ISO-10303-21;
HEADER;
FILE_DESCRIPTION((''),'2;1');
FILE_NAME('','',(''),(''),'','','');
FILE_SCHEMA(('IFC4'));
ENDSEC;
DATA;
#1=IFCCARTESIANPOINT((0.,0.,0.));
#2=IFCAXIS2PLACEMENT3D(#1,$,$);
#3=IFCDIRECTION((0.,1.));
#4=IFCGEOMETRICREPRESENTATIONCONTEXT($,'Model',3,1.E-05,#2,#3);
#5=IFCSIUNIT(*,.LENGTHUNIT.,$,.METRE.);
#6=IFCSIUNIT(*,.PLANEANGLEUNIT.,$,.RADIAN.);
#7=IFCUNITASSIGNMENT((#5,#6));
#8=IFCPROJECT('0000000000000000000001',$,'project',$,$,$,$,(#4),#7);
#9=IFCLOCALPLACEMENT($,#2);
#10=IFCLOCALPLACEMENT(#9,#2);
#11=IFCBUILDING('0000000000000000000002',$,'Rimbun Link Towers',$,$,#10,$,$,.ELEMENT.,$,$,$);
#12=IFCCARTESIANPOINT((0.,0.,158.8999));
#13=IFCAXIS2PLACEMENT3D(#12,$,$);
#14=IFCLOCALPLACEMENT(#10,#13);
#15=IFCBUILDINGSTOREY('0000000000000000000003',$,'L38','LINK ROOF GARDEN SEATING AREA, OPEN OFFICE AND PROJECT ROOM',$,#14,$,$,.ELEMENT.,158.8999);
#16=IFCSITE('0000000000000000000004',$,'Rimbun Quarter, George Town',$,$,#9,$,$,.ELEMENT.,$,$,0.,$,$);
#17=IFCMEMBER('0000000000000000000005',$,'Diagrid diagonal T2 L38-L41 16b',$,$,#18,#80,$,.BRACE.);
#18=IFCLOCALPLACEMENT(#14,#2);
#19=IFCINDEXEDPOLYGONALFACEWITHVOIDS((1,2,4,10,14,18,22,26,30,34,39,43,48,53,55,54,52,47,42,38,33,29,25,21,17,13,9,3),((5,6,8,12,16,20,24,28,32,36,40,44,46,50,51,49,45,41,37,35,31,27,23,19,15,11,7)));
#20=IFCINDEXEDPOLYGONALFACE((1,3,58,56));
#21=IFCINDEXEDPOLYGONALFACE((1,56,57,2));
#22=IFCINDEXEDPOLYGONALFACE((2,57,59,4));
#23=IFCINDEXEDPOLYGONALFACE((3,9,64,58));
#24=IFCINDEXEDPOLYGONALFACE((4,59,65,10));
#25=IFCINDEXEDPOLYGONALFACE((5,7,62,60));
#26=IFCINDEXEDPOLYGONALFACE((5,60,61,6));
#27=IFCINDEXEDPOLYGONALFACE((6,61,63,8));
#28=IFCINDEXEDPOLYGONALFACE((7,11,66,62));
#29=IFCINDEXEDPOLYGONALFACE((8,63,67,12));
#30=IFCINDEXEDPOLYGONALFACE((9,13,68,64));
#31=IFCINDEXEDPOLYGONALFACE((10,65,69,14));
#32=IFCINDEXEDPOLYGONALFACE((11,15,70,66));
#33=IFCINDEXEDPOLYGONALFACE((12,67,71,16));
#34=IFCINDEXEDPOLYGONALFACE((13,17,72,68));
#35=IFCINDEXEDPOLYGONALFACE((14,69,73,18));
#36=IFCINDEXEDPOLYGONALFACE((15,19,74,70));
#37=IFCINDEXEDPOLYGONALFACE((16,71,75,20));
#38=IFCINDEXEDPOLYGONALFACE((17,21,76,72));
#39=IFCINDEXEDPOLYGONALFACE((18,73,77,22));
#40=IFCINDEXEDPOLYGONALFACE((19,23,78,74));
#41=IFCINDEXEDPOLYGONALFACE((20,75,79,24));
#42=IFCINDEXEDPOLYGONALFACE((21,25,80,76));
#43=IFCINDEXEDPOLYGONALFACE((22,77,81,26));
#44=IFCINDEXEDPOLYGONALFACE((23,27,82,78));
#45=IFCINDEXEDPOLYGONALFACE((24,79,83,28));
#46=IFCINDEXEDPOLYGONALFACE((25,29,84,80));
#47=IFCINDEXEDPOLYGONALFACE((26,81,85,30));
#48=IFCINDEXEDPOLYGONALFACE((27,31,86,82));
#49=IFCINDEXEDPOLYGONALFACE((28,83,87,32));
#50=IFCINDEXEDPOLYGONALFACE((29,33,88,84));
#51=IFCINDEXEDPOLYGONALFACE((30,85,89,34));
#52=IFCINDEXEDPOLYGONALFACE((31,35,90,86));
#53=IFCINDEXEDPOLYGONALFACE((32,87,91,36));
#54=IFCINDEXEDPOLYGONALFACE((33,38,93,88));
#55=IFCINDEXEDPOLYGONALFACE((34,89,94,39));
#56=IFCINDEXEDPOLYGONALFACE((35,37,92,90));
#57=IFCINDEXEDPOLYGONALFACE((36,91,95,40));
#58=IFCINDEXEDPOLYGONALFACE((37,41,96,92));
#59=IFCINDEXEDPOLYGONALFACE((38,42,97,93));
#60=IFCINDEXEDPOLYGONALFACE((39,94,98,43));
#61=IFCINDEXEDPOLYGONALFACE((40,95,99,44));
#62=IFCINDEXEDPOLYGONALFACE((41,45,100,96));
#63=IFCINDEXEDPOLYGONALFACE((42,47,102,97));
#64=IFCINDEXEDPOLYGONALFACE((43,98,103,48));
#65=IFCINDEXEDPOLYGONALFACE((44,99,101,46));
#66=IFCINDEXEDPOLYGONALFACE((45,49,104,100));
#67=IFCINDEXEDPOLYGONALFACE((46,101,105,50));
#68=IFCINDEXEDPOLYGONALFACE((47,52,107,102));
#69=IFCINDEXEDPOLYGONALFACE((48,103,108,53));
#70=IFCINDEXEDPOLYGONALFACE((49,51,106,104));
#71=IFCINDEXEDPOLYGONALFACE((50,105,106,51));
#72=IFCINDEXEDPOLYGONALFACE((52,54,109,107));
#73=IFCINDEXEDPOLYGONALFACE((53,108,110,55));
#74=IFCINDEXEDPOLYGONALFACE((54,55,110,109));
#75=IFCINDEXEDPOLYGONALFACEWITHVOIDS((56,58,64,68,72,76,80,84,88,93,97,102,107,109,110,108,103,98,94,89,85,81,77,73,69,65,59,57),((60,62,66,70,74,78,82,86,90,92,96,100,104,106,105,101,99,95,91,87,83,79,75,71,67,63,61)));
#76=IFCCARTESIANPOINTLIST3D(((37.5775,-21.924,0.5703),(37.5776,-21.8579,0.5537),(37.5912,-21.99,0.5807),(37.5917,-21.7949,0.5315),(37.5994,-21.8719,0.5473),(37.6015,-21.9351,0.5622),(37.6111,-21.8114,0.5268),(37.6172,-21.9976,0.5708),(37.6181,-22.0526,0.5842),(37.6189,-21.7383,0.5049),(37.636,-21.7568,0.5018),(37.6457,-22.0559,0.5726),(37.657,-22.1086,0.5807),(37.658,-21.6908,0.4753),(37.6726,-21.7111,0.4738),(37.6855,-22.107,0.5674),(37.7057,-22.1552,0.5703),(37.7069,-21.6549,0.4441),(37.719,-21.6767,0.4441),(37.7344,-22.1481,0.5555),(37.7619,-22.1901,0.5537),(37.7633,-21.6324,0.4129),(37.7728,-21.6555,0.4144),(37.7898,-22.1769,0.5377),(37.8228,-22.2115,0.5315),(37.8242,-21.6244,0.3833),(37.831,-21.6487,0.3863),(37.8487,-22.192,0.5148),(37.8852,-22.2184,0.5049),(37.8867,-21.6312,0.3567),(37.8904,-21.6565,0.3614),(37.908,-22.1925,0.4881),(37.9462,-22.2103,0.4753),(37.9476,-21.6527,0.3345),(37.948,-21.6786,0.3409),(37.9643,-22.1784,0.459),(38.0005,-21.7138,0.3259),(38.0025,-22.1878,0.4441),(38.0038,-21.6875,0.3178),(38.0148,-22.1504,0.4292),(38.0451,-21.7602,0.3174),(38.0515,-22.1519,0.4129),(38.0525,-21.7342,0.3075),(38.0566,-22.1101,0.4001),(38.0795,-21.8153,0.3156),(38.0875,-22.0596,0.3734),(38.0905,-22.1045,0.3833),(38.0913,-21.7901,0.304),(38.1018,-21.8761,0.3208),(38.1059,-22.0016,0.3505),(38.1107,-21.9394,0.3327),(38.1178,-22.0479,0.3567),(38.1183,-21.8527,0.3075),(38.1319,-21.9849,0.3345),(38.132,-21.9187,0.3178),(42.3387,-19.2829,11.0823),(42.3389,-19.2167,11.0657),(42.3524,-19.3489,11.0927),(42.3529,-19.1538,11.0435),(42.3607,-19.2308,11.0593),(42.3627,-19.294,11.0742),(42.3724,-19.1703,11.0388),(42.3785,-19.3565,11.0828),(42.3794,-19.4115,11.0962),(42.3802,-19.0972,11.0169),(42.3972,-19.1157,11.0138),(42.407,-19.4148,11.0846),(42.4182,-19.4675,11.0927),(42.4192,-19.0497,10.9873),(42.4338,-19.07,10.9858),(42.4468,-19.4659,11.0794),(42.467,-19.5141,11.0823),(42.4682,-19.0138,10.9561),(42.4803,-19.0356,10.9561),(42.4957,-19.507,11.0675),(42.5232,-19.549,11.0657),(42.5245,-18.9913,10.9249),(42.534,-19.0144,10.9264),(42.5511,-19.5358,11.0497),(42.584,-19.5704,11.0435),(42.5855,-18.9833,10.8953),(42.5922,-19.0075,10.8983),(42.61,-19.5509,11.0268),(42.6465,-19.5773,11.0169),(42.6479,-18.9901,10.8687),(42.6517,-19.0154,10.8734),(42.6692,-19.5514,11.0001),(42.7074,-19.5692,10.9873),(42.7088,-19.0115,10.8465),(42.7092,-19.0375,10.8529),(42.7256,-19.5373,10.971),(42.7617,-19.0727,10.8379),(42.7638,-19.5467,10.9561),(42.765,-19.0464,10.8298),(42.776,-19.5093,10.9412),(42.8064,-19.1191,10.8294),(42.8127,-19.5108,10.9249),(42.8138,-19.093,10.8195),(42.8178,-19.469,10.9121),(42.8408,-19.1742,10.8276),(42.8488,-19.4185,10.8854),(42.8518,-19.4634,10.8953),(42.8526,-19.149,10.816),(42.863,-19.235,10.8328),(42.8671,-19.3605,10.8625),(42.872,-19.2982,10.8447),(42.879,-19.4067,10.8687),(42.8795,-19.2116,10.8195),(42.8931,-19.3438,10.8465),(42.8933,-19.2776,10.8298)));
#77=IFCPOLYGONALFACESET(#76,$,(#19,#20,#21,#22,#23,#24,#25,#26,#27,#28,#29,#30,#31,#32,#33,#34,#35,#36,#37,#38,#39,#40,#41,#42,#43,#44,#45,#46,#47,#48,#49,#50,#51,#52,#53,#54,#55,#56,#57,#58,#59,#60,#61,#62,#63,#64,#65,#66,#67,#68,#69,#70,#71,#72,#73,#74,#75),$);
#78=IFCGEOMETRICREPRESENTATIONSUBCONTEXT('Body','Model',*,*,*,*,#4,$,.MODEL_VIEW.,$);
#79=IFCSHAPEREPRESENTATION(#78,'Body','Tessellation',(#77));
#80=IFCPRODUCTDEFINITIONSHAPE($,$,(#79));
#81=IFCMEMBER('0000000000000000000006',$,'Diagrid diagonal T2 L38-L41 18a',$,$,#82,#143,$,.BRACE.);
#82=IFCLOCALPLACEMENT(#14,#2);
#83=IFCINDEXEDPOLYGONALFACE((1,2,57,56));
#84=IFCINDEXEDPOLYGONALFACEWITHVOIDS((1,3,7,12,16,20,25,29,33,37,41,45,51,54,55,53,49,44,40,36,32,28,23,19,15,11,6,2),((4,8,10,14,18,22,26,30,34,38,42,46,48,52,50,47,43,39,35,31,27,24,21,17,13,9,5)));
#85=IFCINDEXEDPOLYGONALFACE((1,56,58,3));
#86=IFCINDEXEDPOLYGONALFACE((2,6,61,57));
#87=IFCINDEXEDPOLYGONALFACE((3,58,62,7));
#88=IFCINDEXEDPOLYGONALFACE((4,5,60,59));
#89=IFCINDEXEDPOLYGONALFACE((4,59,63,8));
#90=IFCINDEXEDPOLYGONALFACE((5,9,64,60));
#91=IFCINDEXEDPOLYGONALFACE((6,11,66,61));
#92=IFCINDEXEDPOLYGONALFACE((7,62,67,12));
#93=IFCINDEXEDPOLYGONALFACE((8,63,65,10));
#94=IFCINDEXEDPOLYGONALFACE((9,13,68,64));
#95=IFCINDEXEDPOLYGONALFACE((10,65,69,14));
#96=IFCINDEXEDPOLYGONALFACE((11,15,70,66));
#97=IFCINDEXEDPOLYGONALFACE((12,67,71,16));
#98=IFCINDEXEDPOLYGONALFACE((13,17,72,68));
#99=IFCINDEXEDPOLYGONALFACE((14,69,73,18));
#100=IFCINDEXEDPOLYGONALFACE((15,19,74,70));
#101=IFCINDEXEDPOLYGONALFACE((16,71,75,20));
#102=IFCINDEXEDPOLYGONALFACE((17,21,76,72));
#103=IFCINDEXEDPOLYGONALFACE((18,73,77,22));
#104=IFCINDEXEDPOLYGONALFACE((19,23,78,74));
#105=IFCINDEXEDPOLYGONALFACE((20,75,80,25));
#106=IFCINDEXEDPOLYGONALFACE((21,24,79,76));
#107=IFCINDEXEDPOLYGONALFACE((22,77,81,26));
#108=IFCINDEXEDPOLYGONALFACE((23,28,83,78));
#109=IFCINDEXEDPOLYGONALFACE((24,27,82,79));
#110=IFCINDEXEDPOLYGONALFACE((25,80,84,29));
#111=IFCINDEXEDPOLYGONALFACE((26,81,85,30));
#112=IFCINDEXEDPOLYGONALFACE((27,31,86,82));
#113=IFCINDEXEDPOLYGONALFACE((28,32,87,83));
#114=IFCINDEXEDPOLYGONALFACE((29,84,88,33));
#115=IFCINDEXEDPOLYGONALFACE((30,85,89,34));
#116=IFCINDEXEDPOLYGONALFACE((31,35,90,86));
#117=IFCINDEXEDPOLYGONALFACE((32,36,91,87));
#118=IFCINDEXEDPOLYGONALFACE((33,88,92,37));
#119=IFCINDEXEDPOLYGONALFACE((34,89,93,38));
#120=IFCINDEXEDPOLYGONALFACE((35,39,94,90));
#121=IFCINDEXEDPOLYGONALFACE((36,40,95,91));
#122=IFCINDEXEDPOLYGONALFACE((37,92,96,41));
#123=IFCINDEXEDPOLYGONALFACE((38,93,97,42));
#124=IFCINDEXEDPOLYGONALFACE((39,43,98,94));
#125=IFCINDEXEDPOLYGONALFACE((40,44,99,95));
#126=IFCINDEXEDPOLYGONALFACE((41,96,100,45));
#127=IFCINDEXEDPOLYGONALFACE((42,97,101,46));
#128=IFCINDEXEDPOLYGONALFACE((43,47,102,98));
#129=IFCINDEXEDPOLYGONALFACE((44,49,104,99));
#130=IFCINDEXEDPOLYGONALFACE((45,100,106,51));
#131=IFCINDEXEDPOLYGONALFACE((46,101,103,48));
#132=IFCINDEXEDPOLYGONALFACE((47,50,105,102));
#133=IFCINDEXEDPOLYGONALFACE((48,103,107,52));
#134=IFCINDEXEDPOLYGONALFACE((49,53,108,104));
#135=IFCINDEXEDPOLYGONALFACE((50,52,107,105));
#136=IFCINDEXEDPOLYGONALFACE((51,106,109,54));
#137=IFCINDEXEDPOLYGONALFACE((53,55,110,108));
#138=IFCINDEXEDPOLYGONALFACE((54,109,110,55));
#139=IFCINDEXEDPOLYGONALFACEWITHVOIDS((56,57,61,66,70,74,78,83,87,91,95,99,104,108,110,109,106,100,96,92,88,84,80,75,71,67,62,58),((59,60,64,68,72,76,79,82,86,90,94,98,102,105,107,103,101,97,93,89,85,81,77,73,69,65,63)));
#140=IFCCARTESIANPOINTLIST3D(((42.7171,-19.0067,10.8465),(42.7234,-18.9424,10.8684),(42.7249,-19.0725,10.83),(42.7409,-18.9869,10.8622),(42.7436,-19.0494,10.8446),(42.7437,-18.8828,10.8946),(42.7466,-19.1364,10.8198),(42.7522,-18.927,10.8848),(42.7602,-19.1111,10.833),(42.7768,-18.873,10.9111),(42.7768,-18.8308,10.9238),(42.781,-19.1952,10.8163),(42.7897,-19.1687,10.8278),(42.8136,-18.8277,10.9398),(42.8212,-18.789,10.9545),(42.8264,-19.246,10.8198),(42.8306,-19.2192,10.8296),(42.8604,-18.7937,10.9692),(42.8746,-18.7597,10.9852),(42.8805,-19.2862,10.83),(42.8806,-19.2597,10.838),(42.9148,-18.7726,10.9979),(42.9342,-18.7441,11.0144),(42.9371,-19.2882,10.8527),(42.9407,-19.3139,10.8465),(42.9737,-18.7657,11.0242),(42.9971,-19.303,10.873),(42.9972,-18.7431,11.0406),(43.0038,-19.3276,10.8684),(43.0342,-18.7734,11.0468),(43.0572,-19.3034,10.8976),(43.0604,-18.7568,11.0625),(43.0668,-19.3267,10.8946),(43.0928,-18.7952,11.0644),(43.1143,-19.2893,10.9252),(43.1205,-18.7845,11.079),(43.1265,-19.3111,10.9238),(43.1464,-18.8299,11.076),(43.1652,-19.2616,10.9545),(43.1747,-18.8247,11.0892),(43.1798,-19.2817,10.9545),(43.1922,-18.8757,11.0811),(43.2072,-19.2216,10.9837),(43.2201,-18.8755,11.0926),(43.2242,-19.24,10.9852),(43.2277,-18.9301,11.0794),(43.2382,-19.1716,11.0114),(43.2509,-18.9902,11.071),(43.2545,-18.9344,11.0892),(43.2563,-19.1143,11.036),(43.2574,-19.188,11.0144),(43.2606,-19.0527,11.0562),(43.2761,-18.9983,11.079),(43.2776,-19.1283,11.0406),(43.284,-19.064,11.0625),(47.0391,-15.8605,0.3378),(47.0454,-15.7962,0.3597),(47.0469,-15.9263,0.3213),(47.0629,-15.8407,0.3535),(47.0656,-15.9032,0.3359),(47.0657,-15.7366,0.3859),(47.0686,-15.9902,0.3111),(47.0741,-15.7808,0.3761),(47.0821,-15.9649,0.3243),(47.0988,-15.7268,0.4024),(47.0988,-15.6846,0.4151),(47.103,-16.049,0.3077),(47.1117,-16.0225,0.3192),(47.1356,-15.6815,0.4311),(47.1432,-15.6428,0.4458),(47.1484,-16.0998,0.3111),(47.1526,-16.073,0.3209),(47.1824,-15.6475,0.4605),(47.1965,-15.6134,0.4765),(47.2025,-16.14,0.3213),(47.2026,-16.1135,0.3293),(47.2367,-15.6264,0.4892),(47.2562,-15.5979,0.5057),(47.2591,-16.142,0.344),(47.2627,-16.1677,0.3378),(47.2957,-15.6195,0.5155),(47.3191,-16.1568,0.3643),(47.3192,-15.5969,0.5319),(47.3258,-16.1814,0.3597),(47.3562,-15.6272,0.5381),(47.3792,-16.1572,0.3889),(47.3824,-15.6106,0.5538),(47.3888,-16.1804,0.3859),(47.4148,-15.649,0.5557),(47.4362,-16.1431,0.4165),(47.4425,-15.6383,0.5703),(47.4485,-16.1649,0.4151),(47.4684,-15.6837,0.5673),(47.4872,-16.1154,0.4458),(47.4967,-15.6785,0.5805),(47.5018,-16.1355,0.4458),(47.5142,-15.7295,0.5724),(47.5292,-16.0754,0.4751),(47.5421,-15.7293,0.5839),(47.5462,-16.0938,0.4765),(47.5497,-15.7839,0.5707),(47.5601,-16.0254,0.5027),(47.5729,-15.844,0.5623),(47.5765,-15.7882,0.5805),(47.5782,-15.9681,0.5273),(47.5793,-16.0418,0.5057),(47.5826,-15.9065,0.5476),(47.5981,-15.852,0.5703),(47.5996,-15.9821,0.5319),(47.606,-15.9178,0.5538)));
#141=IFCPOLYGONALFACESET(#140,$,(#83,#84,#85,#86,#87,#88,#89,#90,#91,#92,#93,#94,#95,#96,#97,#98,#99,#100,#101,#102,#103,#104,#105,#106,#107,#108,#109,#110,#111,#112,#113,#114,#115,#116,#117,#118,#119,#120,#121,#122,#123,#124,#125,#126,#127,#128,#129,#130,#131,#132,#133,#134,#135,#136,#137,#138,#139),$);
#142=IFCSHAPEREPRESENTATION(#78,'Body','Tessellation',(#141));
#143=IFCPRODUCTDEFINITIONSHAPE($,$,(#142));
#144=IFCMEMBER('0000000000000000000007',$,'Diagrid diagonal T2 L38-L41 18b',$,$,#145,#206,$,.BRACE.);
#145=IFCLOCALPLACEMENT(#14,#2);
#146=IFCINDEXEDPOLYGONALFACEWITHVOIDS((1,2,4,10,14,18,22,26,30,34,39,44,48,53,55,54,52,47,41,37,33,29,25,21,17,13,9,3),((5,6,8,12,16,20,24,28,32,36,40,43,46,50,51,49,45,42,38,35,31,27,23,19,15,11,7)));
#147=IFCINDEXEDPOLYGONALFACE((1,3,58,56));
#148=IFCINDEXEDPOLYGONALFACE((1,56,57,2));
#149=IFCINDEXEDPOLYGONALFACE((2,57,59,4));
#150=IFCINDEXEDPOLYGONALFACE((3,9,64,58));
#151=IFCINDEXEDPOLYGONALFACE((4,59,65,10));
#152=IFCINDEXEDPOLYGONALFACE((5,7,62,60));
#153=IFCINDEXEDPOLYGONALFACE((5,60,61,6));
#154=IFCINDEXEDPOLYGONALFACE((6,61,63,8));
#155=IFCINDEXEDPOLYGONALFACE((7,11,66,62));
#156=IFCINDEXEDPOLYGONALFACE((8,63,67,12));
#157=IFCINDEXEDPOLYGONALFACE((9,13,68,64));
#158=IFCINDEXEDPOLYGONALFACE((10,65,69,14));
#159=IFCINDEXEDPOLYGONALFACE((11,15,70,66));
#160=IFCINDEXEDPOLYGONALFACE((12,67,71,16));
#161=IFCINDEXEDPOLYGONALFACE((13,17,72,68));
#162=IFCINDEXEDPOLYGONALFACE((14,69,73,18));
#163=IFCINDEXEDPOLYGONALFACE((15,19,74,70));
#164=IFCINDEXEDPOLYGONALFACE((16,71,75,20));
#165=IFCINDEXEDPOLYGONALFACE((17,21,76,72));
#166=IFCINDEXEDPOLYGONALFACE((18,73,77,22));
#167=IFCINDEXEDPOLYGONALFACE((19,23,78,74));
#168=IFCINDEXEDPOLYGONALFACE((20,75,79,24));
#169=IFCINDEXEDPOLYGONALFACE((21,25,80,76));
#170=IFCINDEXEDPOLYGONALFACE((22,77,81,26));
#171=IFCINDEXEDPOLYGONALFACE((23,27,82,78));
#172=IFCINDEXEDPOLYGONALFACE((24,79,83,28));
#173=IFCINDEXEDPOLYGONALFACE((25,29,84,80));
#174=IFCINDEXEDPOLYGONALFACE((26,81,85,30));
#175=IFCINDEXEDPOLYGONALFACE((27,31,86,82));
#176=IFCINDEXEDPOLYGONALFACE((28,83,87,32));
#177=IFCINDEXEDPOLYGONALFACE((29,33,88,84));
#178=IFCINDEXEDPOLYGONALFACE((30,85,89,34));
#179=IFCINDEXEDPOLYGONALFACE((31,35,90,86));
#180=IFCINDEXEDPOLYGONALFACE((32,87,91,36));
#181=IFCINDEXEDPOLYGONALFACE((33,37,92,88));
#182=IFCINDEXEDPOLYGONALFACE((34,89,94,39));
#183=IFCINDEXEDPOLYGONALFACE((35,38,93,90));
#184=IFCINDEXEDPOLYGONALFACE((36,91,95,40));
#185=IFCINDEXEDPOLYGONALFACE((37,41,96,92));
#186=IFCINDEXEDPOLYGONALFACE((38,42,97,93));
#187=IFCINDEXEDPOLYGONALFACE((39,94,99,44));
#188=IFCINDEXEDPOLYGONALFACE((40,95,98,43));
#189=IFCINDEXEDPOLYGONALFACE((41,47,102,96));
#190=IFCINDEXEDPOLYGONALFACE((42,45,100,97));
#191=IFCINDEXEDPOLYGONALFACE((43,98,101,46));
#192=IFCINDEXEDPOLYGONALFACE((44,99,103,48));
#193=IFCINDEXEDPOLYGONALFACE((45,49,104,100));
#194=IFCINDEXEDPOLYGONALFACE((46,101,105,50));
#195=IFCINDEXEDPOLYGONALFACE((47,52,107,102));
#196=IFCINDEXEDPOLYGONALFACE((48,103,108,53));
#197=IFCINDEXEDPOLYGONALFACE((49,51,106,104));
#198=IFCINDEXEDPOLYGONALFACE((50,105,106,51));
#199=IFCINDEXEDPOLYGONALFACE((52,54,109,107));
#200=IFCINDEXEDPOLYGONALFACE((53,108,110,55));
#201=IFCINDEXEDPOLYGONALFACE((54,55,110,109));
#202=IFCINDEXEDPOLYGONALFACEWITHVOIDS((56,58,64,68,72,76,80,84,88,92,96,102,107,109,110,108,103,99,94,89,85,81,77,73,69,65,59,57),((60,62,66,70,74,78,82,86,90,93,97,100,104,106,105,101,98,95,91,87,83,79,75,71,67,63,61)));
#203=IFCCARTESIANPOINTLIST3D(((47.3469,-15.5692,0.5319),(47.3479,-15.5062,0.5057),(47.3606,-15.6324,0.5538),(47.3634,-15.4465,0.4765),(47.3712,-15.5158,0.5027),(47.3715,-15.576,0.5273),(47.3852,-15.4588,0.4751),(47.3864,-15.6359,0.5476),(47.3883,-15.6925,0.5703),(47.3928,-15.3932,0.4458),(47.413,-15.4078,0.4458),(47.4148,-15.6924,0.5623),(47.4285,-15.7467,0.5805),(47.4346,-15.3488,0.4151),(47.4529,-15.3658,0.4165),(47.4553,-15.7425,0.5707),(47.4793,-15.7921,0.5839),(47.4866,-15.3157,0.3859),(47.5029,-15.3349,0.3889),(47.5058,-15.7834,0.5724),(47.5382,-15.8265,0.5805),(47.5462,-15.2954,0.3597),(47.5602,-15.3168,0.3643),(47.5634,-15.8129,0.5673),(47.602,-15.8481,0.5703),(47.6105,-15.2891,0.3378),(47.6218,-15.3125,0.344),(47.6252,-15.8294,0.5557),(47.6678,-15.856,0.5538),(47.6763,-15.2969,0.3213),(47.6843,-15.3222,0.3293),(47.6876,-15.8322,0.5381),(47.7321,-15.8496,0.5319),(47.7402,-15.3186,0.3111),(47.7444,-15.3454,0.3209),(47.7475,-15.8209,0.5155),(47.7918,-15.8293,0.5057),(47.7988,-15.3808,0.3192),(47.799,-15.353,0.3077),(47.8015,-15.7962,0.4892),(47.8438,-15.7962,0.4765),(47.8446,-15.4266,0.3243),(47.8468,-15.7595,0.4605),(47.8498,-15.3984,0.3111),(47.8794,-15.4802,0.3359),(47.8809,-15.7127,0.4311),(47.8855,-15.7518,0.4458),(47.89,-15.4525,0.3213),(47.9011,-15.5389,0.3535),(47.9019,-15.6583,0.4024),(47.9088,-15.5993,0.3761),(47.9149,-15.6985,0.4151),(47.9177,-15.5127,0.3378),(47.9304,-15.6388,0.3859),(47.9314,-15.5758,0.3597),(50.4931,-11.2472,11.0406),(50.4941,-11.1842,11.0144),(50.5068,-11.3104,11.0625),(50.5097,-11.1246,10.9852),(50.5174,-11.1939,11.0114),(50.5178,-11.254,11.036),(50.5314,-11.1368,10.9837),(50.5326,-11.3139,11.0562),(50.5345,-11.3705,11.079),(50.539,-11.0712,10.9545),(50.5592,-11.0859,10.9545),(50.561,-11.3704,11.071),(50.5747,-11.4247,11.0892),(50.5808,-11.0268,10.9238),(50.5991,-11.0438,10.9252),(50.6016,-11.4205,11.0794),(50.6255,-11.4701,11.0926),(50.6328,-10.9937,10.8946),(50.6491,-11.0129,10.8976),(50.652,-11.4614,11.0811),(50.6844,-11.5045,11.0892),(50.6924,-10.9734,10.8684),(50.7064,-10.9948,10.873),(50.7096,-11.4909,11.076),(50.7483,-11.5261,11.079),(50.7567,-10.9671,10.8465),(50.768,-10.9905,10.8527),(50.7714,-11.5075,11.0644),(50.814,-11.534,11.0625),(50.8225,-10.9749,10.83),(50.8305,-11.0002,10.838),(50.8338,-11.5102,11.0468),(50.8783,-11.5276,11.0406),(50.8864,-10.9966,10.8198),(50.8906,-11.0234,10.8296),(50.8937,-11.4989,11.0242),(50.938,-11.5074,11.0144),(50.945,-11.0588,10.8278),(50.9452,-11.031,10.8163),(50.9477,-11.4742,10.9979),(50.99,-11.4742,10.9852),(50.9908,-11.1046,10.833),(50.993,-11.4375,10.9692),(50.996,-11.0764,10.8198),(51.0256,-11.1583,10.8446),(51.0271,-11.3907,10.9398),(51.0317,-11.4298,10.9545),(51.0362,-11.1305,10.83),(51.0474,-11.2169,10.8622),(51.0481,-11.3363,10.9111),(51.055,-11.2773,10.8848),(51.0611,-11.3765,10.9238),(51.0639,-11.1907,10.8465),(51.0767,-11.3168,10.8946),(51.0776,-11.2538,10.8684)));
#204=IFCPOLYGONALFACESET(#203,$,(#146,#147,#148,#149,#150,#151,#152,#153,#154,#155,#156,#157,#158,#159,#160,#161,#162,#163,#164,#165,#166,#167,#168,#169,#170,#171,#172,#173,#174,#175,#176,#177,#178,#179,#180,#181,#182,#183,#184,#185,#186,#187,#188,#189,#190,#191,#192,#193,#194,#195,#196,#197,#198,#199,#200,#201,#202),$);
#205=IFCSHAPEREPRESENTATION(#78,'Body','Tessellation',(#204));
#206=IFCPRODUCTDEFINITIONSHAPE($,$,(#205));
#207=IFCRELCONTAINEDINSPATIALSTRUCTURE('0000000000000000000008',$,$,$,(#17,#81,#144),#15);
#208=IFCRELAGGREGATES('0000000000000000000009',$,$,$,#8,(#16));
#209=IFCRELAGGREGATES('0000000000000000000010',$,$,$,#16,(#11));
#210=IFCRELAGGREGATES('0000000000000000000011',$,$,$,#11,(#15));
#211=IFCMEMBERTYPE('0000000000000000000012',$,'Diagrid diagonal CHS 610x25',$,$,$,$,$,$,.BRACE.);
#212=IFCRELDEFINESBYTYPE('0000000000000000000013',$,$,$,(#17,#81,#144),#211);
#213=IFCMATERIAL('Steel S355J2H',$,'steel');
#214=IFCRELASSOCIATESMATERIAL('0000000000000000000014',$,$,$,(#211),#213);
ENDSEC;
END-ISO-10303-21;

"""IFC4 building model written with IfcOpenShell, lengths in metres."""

from ifc_helpers import new_model, si_unit, direction, frame, origin, origin_2d, place, context, subcontext, project, spatial, hollow_circle, extrude, material, material_profile, profile_set, type_object, element, save


model = new_model("IFC4")

# Units and contexts
model_context = context("Model", 3, precision=1e-05, world=origin(), true_north=direction((0.0, 1.0)))
body_context = subcontext(model_context, "Body", "Model", "MODEL_VIEW")
ifc_project = project(units=[si_unit("LENGTHUNIT", "METRE"), si_unit("PLANEANGLEUNIT", "RADIAN")], contexts=[model_context])

# Site, building, storey
site_placement = place(None, origin())
site = spatial("IfcSite", under=ifc_project, at=site_placement, Name="Rimbun Quarter, George Town", CompositionType="ELEMENT", RefElevation=0.0)
building_placement = place(site_placement, origin())
building = spatial("IfcBuilding", under=site, at=building_placement, Name="Rimbun Link Towers", CompositionType="ELEMENT")
storey_placement = place(building_placement, frame((0.0, 0.0, 158.8999)))
storey = spatial("IfcBuildingStorey", under=building, at=storey_placement, Name="L38", Description="LINK ROOF GARDEN SEATING AREA, OPEN OFFICE AND PROJECT ROOM", CompositionType="ELEMENT", Elevation=158.8999)

# Members
ifc_material_1 = material(Name="Steel S355J2H", Category="steel")
ifc_material_profile_1 = material_profile(ifc_material_1, hollow_circle(Radius=0.3047, WallThickness=0.0249, at=origin_2d()), Name="Diagrid diagonal CHS 610x25")
ifc_profile_set_1 = profile_set([ifc_material_profile_1], Name="Steel S355J2H")
member_type_1 = type_object("IfcMemberType", Name="Diagrid diagonal CHS 610x25", PredefinedType="BRACE", material=ifc_profile_set_1)
member_1_placement = place(storey_placement, frame((37.8547, -21.9214, 0.4441), z_axis=(0.402188, 0.223098, 0.88796), x_axis=(-0.485079, 0.87447, 0.0)))
element("IfcMember", 1, at=member_1_placement, inside=storey, type_object=member_type_1, Name="Diagrid diagonal T2 L38-L41 16b", PredefinedType="BRACE", context=body_context, shape_type="SweptSolid", body=[
    extrude(hollow_circle(Radius=0.3047, WallThickness=0.0249, at=origin_2d()), origin(), (0.0, 0.0, 1.0), 11.8384),
])
for number, where, z_axis, x_axis, name in (
    (2, (47.3225, -15.8892, 0.4458), (-0.366571, -0.266848, 0.891301), (0.588533, -0.808473, 0.0), "Diagrid diagonal T2 L38-L41 18a"),
    (3, (47.6392, -15.5725, 0.4458), (0.266848, 0.366571, 0.891301), (-0.808473, 0.588533, 0.0), "Diagrid diagonal T2 L38-L41 18b"),
):
    element("IfcMember", number, at=place(storey_placement, frame(where, z_axis=z_axis, x_axis=x_axis)), inside=storey, type_object=member_type_1, Name=name, PredefinedType="BRACE", context=body_context, shape_type="SweptSolid", body=[
        extrude(hollow_circle(Radius=0.3047, WallThickness=0.0249, at=origin_2d()), origin(), (0.0, 0.0, 1.0), 11.7903),
    ])

save(model, "model.ifc")
